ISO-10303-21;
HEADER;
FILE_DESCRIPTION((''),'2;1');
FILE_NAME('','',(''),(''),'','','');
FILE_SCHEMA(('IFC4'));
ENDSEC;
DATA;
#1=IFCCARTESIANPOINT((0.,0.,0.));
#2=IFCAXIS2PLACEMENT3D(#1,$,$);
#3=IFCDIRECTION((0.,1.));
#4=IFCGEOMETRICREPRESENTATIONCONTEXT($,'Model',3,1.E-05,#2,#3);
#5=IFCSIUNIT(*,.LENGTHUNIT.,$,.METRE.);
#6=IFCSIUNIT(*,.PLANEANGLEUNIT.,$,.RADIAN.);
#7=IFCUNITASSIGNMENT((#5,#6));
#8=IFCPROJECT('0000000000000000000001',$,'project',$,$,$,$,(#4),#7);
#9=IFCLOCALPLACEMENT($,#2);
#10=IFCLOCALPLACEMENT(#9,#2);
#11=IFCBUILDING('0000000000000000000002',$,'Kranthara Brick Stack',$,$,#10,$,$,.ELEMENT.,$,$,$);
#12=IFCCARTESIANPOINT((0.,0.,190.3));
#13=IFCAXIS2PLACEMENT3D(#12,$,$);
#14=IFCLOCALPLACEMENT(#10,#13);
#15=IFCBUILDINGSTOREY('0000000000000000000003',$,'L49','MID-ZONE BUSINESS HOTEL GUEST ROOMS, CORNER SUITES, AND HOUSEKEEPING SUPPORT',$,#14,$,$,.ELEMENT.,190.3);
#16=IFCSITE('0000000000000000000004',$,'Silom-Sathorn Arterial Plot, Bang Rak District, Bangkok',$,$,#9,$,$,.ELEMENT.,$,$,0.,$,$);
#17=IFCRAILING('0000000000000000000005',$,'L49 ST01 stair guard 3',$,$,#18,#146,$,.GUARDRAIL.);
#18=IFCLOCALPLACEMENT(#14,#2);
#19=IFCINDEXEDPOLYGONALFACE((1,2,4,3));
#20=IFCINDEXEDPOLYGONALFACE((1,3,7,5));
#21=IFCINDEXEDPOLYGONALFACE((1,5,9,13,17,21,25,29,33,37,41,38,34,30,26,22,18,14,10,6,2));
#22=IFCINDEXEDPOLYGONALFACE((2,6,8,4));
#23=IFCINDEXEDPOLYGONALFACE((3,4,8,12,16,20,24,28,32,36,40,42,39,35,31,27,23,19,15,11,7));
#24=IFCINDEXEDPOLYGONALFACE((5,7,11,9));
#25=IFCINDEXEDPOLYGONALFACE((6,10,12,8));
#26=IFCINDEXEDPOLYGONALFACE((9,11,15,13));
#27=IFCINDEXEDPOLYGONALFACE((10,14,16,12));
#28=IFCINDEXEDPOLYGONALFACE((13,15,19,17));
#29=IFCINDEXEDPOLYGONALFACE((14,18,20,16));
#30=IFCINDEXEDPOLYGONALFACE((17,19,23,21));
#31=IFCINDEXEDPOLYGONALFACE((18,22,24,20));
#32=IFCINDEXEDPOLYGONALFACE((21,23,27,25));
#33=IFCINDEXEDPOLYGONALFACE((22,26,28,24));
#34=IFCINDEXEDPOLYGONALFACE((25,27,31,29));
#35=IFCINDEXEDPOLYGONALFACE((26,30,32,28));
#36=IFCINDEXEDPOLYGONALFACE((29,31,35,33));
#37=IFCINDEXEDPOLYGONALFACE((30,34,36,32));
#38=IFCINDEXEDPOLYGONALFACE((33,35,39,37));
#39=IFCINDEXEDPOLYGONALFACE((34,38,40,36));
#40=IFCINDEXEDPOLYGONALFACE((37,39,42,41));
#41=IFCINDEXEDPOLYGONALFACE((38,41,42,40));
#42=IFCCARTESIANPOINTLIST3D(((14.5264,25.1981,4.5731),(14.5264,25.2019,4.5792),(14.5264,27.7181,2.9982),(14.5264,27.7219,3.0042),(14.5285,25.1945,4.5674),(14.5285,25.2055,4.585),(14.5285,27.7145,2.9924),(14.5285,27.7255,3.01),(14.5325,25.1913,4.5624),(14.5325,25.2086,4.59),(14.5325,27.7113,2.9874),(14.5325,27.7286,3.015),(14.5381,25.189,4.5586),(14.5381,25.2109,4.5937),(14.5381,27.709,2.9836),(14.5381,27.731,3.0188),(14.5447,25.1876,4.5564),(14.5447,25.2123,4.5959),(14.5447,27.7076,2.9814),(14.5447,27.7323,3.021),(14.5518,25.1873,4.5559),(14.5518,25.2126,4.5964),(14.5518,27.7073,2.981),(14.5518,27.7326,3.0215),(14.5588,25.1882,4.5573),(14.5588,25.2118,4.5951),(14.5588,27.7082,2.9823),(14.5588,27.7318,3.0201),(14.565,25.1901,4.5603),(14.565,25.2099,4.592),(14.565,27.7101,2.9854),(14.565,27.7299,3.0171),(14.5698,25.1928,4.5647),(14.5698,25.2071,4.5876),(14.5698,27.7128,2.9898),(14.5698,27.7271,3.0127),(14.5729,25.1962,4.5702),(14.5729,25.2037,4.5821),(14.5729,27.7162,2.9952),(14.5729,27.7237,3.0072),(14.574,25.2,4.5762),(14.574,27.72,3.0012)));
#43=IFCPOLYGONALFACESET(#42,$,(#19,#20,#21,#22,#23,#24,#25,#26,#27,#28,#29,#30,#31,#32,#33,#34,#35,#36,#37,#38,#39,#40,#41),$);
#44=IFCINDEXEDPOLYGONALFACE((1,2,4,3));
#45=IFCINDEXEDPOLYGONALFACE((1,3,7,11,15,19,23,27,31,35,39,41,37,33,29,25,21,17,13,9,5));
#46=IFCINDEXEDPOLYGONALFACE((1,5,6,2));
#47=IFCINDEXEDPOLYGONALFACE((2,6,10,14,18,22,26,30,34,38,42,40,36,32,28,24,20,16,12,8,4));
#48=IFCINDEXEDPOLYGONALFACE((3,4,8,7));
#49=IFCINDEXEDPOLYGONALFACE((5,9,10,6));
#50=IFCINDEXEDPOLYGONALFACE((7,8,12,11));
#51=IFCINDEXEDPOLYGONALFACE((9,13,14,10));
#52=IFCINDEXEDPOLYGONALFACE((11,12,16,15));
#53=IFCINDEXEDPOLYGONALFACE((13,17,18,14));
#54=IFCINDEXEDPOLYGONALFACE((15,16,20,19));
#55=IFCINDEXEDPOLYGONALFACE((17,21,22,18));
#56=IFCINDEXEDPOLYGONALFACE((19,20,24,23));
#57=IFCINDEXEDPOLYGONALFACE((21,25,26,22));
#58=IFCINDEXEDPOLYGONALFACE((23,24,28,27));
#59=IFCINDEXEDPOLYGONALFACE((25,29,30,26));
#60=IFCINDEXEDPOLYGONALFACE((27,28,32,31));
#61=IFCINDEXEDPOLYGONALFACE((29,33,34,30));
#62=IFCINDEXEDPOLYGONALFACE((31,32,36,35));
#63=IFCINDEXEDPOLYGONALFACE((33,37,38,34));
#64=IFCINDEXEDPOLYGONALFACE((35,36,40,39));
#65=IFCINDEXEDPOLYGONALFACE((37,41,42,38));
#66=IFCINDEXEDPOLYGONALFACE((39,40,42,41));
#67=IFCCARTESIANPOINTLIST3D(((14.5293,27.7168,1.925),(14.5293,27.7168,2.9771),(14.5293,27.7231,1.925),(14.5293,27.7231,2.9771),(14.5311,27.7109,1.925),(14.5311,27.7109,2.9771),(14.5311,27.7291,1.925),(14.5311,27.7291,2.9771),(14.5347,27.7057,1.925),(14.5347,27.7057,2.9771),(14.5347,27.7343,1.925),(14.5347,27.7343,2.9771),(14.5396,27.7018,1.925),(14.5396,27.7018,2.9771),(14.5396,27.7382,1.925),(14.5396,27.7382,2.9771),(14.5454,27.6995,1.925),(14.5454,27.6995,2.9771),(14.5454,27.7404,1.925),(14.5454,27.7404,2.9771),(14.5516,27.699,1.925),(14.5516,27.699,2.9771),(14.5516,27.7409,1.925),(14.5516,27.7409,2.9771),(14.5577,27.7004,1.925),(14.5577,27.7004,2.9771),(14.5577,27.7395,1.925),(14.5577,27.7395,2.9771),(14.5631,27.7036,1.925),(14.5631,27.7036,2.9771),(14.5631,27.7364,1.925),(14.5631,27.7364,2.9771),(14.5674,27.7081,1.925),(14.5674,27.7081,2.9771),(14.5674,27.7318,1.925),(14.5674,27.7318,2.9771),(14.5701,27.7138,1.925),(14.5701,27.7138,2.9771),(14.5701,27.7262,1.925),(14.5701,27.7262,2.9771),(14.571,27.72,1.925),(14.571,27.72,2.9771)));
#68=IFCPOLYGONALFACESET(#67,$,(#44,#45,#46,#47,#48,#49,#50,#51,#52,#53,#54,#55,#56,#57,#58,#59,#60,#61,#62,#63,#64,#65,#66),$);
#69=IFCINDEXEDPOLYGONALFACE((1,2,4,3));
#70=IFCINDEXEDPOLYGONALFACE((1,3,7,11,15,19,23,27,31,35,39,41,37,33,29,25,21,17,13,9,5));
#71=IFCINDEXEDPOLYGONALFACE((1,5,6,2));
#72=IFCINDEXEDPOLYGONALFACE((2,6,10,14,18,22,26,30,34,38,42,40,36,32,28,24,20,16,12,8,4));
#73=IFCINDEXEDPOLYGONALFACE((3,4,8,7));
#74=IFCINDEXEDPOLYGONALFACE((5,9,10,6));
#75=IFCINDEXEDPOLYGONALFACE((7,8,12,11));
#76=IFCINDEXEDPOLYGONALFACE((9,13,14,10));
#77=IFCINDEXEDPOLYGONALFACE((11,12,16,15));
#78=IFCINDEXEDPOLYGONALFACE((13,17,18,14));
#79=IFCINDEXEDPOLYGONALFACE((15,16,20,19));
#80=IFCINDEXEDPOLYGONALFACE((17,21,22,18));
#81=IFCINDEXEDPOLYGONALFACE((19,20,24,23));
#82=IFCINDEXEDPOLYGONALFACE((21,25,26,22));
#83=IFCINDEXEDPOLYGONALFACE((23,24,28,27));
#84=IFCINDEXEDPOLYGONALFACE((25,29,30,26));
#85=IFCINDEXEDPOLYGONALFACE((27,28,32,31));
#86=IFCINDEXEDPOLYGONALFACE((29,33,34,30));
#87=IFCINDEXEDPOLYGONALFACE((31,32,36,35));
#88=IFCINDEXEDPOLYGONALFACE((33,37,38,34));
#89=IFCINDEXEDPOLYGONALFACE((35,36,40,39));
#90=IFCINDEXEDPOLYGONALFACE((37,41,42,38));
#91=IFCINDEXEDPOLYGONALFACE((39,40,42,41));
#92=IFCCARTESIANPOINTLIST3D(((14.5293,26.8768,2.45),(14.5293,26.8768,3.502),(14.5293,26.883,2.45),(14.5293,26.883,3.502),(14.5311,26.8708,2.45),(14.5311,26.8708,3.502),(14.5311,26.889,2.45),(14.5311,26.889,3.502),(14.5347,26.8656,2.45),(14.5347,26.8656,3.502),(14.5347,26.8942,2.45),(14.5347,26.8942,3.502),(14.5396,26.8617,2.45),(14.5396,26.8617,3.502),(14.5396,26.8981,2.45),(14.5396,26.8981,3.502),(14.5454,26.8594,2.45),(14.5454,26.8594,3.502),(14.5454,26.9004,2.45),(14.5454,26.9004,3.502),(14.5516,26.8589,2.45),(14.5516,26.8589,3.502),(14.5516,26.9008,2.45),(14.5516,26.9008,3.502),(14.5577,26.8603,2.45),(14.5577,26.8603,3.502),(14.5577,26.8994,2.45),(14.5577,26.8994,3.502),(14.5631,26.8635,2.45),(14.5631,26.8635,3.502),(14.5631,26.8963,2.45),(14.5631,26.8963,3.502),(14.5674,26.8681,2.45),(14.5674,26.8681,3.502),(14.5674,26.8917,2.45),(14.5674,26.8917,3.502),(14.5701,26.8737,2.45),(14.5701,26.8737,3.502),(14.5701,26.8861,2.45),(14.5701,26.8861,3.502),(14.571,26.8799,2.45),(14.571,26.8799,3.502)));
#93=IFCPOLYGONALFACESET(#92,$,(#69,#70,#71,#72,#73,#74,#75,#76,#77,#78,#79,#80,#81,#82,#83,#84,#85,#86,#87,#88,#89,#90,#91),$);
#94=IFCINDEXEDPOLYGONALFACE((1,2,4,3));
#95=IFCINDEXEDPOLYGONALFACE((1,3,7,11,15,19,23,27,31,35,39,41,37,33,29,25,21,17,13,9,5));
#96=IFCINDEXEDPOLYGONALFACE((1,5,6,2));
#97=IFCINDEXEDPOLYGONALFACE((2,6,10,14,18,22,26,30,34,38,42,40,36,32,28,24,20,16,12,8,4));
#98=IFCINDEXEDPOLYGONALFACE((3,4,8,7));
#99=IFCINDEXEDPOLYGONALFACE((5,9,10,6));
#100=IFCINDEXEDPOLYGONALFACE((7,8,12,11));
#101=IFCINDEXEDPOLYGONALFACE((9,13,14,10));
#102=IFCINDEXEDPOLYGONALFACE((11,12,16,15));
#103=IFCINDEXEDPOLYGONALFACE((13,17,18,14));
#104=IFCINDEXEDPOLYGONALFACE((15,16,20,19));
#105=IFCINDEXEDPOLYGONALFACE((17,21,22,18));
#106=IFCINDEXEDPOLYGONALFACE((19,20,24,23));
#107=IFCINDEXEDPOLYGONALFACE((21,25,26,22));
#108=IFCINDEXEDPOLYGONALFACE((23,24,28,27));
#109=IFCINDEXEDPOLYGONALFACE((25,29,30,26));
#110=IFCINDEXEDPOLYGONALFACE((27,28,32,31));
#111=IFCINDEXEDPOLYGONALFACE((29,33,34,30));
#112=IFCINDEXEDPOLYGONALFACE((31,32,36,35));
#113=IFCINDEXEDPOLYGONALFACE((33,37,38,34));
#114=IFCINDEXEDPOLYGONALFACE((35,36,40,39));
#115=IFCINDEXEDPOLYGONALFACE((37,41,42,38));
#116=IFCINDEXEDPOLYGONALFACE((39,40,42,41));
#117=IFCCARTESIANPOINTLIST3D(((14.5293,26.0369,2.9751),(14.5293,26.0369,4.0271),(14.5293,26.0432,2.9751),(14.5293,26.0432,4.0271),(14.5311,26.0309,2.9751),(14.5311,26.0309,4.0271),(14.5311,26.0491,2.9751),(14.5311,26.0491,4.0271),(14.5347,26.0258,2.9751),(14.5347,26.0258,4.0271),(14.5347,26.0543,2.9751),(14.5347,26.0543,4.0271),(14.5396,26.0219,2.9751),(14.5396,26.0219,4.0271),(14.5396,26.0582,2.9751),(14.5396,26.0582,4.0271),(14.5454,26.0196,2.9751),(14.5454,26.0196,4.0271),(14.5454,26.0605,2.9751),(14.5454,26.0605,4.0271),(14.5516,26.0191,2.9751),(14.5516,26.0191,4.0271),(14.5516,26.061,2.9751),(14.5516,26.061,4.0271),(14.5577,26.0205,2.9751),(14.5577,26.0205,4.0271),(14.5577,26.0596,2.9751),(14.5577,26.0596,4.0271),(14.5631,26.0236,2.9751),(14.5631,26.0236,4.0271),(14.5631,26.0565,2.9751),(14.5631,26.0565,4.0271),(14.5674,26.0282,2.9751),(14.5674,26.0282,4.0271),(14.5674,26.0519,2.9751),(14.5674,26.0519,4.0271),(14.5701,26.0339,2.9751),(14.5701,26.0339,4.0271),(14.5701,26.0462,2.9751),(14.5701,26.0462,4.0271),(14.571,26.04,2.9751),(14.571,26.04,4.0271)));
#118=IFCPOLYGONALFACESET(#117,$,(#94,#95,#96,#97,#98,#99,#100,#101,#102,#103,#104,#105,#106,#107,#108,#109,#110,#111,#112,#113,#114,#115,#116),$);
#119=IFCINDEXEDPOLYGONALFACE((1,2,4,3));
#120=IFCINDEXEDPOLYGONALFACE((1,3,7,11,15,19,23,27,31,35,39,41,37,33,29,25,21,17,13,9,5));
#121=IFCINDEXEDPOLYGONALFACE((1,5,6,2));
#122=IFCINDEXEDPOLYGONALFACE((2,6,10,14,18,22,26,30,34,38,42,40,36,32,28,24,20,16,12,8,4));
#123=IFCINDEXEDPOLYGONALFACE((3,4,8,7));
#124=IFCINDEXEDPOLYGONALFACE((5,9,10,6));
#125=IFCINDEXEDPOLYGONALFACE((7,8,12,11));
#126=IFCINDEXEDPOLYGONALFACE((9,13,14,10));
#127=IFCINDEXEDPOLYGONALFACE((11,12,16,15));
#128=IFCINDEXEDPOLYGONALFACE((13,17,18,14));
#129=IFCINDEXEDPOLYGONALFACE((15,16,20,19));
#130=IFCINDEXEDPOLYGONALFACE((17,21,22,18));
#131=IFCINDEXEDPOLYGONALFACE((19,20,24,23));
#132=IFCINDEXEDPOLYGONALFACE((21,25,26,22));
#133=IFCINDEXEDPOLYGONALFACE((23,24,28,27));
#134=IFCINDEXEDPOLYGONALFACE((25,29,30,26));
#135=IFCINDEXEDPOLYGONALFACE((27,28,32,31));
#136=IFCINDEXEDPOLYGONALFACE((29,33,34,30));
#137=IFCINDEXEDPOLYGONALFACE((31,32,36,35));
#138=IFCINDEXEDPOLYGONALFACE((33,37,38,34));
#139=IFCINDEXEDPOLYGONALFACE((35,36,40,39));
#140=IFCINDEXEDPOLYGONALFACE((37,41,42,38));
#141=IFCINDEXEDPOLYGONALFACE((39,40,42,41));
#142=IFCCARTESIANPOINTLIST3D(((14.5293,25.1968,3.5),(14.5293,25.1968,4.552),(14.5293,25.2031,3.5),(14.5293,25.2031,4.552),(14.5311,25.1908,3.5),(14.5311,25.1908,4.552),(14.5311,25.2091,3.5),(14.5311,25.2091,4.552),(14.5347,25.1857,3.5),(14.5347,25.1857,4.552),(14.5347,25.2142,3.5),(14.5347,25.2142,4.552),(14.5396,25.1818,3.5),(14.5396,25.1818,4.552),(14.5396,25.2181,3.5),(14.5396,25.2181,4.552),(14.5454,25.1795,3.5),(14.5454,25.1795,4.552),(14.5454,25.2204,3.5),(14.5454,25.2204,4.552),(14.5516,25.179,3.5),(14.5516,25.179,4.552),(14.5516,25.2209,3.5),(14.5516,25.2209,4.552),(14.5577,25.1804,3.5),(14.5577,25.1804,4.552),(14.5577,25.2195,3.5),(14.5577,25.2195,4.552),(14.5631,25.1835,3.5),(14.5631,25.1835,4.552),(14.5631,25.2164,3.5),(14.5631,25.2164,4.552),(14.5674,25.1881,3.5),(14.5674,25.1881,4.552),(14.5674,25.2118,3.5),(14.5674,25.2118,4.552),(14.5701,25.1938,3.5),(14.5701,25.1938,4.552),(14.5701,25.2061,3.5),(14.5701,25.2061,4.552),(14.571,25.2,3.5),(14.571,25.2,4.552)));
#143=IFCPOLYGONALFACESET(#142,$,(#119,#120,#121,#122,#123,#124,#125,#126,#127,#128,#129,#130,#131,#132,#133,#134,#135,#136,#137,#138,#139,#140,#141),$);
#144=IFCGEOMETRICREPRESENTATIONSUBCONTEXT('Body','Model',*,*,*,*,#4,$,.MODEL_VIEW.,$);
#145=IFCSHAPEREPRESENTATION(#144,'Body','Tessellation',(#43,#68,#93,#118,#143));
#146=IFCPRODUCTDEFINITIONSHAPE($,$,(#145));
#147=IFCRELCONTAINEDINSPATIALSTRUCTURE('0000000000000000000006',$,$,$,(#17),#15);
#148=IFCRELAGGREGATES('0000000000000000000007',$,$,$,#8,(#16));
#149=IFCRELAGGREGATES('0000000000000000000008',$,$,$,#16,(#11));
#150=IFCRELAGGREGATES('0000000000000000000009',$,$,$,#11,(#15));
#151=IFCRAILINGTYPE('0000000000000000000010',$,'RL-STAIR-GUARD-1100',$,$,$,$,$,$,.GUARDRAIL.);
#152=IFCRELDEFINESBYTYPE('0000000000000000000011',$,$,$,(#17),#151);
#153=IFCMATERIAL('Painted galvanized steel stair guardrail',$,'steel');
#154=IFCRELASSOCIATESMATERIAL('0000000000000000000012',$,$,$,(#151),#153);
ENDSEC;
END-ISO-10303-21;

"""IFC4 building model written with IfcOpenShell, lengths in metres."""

from ifc_helpers import new_model, si_unit, direction, frame, origin, origin_2d, place, context, subcontext, project, spatial, circle, extrude, material, type_object, element, save


model = new_model("IFC4")

# Units and contexts
model_context = context("Model", 3, precision=1e-05, world=origin(), true_north=direction((0.0, 1.0)))
body_context = subcontext(model_context, "Body", "Model", "MODEL_VIEW")
ifc_project = project(units=[si_unit("LENGTHUNIT", "METRE"), si_unit("PLANEANGLEUNIT", "RADIAN")], contexts=[model_context])

# Site, building, storey
site_placement = place(None, origin())
site = spatial("IfcSite", under=ifc_project, at=site_placement, Name="Silom-Sathorn Arterial Plot, Bang Rak District, Bangkok", CompositionType="ELEMENT", RefElevation=0.0)
building_placement = place(site_placement, origin())
building = spatial("IfcBuilding", under=site, at=building_placement, Name="Kranthara Brick Stack", CompositionType="ELEMENT")
storey_placement = place(building_placement, frame((0.0, 0.0, 190.3)))
storey = spatial("IfcBuildingStorey", under=building, at=storey_placement, Name="L49", Description="MID-ZONE BUSINESS HOTEL GUEST ROOMS, CORNER SUITES, AND HOUSEKEEPING SUPPORT", CompositionType="ELEMENT", Elevation=190.3)

# Railing
ifc_material_1 = material(Name="Painted galvanized steel stair guardrail", Category="steel")
railing_type_1 = type_object("IfcRailingType", Name="RL-STAIR-GUARD-1100", PredefinedType="GUARDRAIL", material=ifc_material_1)
railing_1_placement = place(storey_placement, frame((14.55, 27.72, 1.925)))
element("IfcRailing", 1, at=railing_1_placement, inside=storey, type_object=railing_type_1, Name="L49 ST01 stair guard 3", PredefinedType="GUARDRAIL", context=body_context, shape_type="SweptSolid", body=[
    extrude(circle(Radius=0.0239, at=origin_2d()), frame((0.0, 0.0, 1.0762), z_axis=(0.0, -0.848008, 0.529984), x_axis=(1.0, 0.0, 0.0)), (0.0, 0.0, 1.0), 2.9717),
    extrude(circle(Radius=0.021, at=origin_2d()), origin(), (0.0, 0.0, 1.0), 1.052),
    extrude(circle(Radius=0.021, at=origin_2d()), frame((0.0, -0.8401, 0.5249)), (0.0, 0.0, 1.0), 1.052),
    extrude(circle(Radius=0.021, at=origin_2d()), frame((0.0, -1.6799, 1.05)), (0.0, 0.0, 1.0), 1.052),
    extrude(circle(Radius=0.021, at=origin_2d()), frame((0.0, -2.52, 1.575)), (0.0, 0.0, 1.0), 1.052),
])

save(model, "model.ifc")
